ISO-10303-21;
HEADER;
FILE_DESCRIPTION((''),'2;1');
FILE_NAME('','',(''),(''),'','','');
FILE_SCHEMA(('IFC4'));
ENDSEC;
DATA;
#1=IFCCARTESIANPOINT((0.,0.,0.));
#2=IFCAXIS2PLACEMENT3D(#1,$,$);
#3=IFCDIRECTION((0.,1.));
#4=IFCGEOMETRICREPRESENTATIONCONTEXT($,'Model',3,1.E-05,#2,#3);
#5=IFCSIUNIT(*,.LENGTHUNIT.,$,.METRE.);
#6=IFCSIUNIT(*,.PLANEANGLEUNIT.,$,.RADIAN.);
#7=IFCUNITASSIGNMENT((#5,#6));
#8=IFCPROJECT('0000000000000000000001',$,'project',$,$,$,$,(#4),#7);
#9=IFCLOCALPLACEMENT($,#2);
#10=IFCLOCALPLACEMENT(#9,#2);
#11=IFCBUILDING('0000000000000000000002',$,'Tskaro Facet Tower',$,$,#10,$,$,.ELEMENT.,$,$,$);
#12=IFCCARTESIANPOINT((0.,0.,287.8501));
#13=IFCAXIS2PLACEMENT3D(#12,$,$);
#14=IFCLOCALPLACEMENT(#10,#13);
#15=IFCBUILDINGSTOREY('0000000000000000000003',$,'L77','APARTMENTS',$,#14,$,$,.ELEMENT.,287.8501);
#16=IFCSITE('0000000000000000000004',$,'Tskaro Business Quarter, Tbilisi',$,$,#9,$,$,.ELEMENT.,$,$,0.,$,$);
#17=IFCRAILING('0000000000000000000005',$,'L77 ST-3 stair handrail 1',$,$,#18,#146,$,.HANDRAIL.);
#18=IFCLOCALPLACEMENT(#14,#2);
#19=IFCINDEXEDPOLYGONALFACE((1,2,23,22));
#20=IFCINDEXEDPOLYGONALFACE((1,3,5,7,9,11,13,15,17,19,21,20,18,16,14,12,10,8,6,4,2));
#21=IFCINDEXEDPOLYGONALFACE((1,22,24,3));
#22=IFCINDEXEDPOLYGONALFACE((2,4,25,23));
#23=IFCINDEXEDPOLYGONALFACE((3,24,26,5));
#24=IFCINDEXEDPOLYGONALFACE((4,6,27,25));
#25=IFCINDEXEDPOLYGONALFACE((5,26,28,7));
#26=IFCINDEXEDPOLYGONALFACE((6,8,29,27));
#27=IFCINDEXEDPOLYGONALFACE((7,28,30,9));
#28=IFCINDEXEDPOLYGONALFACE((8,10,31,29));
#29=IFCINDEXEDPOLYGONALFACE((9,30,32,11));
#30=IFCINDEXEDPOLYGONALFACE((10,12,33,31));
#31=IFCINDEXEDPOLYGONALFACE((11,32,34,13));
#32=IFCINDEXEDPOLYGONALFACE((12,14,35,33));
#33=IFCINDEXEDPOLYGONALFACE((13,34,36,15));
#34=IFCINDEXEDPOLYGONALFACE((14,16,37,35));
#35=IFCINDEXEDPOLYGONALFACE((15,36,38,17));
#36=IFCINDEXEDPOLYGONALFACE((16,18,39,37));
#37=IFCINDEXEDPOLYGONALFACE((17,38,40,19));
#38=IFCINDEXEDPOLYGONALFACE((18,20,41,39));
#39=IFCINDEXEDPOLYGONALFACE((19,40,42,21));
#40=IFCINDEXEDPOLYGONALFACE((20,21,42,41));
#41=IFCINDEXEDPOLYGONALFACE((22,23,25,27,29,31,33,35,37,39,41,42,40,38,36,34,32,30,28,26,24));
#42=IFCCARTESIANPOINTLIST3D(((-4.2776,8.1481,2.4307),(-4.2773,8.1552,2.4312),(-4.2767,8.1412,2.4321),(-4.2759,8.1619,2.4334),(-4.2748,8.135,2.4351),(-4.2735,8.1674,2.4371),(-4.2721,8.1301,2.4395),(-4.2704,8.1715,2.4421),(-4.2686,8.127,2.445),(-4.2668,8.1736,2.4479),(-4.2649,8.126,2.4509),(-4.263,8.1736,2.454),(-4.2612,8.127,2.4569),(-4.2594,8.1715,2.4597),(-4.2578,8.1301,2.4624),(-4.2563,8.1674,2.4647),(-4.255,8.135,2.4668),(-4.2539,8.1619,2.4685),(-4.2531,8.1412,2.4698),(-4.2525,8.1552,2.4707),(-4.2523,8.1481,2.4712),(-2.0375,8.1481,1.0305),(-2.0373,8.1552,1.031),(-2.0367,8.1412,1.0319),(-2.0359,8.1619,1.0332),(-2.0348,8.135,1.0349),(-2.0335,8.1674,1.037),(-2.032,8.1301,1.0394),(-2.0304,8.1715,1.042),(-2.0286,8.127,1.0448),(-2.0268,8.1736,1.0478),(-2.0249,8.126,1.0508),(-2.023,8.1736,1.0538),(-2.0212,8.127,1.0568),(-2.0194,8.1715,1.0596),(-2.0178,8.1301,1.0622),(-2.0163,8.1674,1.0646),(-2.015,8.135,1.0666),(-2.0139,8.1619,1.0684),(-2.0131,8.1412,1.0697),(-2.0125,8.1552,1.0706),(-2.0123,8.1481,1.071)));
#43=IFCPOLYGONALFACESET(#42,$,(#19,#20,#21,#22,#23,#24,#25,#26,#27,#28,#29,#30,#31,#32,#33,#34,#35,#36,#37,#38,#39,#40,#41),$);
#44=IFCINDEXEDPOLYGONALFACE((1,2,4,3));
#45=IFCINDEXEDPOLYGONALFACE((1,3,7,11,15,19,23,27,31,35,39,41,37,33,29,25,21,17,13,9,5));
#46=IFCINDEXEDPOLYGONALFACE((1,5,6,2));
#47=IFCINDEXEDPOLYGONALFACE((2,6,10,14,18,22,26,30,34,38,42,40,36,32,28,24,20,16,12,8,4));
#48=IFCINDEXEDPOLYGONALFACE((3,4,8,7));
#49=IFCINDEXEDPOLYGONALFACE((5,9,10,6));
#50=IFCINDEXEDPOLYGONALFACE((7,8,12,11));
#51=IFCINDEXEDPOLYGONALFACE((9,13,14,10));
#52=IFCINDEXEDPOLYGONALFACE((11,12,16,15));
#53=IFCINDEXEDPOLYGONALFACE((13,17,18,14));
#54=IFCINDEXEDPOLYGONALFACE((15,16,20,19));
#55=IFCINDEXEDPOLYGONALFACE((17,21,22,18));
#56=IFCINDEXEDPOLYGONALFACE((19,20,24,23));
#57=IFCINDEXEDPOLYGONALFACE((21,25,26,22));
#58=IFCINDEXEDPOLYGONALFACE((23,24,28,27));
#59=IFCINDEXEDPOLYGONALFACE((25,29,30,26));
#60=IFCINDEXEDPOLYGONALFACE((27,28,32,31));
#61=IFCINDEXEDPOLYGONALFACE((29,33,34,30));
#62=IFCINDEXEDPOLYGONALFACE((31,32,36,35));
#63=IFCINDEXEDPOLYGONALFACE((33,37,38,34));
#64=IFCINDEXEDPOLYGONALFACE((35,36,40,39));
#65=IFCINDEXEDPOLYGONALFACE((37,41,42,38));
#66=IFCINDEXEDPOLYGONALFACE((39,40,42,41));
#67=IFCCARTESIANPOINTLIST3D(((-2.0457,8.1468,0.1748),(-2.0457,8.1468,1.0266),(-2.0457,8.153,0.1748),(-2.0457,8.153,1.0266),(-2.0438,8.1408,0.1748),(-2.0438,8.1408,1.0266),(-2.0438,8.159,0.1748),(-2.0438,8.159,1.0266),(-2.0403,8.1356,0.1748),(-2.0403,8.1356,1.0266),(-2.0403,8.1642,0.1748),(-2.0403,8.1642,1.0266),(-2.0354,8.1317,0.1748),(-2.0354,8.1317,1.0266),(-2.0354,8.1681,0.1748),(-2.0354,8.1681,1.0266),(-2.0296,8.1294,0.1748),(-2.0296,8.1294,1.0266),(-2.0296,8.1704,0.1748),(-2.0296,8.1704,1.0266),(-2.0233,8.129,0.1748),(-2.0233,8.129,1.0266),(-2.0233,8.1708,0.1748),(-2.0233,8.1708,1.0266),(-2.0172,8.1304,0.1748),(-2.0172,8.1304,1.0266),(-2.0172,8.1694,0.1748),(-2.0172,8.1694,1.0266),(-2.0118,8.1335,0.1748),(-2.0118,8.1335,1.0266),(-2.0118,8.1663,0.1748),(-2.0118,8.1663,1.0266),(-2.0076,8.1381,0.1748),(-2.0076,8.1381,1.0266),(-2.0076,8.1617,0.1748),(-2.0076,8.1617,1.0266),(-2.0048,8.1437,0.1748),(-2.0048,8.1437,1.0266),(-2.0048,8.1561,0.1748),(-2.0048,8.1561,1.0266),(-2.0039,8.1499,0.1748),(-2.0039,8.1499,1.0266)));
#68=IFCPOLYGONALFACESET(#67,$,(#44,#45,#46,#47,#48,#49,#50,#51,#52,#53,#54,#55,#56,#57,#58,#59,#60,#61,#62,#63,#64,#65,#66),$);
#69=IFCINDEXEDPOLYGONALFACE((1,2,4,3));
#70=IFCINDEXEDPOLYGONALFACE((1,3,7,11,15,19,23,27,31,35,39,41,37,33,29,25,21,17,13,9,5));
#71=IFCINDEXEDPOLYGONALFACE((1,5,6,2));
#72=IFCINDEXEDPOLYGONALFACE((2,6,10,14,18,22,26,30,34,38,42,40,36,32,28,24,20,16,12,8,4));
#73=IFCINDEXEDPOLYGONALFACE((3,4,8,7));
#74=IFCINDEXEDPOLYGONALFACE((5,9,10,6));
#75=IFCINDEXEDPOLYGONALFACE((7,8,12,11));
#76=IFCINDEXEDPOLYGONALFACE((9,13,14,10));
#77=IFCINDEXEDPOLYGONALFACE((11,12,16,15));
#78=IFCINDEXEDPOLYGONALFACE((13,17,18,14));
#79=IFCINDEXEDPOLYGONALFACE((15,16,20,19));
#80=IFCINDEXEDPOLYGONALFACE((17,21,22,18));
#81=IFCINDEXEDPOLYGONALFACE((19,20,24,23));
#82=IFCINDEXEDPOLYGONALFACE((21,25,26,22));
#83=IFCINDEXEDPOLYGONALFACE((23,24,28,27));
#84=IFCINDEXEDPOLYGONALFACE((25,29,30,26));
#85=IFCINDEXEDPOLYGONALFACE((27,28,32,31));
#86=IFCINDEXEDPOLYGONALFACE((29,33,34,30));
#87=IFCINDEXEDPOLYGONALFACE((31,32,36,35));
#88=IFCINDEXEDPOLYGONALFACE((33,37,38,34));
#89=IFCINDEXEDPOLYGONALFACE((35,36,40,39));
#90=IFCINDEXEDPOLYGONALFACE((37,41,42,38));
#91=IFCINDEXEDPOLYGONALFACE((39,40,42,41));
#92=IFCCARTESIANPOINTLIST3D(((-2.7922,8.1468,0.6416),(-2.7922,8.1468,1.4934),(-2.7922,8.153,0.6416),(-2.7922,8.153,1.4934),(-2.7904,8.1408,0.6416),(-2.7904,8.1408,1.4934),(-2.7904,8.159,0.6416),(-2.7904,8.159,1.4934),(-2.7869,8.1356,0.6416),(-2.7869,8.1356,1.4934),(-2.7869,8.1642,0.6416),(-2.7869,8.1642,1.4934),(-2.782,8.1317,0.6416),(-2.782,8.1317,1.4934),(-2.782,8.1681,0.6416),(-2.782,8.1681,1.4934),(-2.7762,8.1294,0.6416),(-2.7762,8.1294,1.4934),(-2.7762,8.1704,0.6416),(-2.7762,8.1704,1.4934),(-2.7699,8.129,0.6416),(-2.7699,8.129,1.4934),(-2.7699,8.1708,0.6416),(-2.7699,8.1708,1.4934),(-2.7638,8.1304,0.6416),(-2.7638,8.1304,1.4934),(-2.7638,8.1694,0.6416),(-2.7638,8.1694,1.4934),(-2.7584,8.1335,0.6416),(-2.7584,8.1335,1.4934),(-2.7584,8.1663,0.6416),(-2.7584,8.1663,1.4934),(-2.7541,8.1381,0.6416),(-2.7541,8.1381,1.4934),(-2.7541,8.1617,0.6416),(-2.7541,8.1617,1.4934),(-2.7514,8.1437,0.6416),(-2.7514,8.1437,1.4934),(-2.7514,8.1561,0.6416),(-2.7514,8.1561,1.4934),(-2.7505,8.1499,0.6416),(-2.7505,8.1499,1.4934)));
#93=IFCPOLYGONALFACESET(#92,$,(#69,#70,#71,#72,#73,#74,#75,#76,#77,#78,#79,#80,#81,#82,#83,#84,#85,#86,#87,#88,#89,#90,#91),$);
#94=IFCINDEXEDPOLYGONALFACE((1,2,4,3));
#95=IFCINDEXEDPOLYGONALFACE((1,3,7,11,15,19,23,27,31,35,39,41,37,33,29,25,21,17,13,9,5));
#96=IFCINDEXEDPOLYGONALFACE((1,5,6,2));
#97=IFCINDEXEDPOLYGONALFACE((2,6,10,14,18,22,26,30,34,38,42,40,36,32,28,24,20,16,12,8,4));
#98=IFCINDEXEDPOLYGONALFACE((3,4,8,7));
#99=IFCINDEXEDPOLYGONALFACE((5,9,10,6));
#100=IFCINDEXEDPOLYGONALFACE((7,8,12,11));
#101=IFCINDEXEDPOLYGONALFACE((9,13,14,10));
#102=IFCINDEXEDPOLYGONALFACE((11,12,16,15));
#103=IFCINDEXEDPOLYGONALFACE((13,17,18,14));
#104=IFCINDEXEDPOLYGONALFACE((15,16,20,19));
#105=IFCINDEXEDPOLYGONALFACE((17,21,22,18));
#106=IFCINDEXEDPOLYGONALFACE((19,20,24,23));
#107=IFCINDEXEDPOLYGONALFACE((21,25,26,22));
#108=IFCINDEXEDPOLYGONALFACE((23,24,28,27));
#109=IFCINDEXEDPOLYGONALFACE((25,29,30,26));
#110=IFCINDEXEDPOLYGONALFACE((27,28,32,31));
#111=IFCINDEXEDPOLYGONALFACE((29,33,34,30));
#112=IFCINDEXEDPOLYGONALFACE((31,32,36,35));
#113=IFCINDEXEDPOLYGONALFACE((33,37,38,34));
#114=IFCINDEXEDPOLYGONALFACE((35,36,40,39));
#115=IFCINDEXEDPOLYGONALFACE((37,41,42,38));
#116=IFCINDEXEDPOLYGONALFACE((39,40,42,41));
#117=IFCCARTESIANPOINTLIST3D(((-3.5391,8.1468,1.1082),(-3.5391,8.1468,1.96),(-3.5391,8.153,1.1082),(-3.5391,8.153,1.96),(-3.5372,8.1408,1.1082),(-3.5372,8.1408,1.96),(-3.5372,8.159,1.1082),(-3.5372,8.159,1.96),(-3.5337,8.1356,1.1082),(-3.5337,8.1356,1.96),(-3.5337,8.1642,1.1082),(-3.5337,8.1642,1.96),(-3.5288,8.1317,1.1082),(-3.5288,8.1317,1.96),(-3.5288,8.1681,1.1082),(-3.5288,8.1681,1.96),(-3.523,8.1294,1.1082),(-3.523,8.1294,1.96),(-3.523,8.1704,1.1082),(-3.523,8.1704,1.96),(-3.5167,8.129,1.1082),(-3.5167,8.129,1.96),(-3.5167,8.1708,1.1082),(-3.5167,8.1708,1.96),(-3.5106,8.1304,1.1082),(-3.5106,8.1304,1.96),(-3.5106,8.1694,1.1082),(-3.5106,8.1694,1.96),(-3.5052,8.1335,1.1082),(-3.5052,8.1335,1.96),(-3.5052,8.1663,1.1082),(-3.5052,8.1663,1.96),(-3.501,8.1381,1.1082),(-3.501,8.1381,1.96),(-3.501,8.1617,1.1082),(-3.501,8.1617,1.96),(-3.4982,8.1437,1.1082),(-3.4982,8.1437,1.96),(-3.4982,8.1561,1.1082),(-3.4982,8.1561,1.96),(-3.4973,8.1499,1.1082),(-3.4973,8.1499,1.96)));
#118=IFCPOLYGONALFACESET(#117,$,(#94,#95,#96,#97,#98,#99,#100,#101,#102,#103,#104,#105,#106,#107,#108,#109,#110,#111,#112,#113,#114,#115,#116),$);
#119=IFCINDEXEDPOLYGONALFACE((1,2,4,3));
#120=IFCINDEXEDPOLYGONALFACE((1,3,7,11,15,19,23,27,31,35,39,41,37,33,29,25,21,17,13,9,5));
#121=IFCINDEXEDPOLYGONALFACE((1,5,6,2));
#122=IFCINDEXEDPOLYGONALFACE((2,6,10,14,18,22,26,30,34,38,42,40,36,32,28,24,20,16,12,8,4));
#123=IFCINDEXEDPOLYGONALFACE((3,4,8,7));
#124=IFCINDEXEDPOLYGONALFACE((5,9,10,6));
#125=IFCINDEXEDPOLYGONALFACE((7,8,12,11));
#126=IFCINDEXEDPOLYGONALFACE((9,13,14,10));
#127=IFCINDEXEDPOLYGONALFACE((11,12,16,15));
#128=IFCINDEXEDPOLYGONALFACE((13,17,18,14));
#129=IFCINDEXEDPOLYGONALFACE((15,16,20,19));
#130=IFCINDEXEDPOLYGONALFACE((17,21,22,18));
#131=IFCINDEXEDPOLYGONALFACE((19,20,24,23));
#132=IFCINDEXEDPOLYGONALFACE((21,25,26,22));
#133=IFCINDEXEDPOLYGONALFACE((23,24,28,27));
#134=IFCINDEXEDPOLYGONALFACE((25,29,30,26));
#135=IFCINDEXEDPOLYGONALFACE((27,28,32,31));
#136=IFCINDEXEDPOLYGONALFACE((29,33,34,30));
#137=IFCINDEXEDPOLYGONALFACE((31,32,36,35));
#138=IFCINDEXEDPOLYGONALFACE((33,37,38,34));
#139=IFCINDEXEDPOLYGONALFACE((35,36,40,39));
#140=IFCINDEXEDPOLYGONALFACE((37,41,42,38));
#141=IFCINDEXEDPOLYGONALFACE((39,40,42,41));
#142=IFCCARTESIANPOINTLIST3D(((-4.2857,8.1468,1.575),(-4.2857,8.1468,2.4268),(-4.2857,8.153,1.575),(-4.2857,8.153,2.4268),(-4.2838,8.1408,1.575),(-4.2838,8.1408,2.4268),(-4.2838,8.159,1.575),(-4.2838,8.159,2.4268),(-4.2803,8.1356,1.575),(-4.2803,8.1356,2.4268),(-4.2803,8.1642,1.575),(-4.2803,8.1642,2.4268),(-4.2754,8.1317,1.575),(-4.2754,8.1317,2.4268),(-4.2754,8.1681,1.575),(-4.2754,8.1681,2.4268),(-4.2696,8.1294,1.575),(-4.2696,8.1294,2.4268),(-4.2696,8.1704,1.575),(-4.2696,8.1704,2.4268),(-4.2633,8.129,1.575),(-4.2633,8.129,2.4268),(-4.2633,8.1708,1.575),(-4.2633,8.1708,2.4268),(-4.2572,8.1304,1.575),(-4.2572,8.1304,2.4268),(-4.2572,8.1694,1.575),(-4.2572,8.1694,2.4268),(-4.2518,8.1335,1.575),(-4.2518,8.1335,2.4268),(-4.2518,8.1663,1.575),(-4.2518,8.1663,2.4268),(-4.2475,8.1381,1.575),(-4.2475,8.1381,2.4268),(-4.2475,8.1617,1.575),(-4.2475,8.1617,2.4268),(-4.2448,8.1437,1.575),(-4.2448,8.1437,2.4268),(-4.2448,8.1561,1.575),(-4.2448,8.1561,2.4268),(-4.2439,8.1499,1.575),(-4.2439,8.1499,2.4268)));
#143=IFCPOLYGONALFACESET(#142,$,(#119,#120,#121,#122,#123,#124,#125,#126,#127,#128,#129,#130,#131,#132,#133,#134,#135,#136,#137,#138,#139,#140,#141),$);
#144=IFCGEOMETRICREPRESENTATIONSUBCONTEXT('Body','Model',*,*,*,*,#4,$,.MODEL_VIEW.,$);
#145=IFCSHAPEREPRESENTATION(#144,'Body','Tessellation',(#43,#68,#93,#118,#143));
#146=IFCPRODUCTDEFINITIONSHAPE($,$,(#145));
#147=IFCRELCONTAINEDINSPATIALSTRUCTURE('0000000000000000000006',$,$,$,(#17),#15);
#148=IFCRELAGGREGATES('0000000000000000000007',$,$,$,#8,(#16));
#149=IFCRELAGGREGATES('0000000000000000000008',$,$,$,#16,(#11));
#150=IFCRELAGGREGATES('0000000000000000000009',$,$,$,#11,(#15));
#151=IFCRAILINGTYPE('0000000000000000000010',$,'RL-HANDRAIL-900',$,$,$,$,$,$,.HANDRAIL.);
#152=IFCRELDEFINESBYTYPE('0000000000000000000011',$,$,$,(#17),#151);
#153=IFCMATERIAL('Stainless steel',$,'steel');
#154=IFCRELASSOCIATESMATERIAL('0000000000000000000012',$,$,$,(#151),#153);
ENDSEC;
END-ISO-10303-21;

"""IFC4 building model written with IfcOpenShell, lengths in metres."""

from ifc_helpers import new_model, si_unit, direction, frame, origin, origin_2d, place, context, subcontext, project, spatial, circle, extrude, material, type_object, element, save


model = new_model("IFC4")

# Units and contexts
model_context = context("Model", 3, precision=1e-05, world=origin(), true_north=direction((0.0, 1.0)))
body_context = subcontext(model_context, "Body", "Model", "MODEL_VIEW")
ifc_project = project(units=[si_unit("LENGTHUNIT", "METRE"), si_unit("PLANEANGLEUNIT", "RADIAN")], contexts=[model_context])

# Site, building, storey
site_placement = place(None, origin())
site = spatial("IfcSite", under=ifc_project, at=site_placement, Name="Tskaro Business Quarter, Tbilisi", CompositionType="ELEMENT", RefElevation=0.0)
building_placement = place(site_placement, origin())
building = spatial("IfcBuilding", under=site, at=building_placement, Name="Tskaro Facet Tower", CompositionType="ELEMENT")
storey_placement = place(building_placement, frame((0.0, 0.0, 287.8501)))
storey = spatial("IfcBuildingStorey", under=building, at=storey_placement, Name="L77", Description="APARTMENTS", CompositionType="ELEMENT", Elevation=287.8501)

# Railing
ifc_material_1 = material(Name="Stainless steel", Category="steel")
railing_type_1 = type_object("IfcRailingType", Name="RL-HANDRAIL-900", PredefinedType="HANDRAIL", material=ifc_material_1)
railing_1_placement = place(storey_placement, frame((-2.0249, 8.1499, 0.1748)))
element("IfcRailing", 1, at=railing_1_placement, inside=storey, type_object=railing_type_1, Name="L77 ST-3 stair handrail 1", PredefinedType="HANDRAIL", context=body_context, shape_type="SweptSolid", body=[
    extrude(circle(Radius=0.0239, at=origin_2d()), frame((0.0, 0.0, 0.876), z_axis=(-0.847972, 0.0, 0.53004), x_axis=(0.0, -1.0, 0.0)), (0.0, 0.0, 1.0), 2.6416),
    extrude(circle(Radius=0.021, at=origin_2d()), origin(), (0.0, 0.0, 1.0), 0.8518),
    extrude(circle(Radius=0.021, at=origin_2d()), frame((-0.7466, 0.0, 0.4668)), (0.0, 0.0, 1.0), 0.8518),
    extrude(circle(Radius=0.021, at=origin_2d()), frame((-1.4934, 0.0, 0.9333)), (0.0, 0.0, 1.0), 0.8518),
    extrude(circle(Radius=0.021, at=origin_2d()), frame((-2.24, 0.0, 1.4001)), (0.0, 0.0, 1.0), 0.8518),
])

save(model, "model.ifc")
